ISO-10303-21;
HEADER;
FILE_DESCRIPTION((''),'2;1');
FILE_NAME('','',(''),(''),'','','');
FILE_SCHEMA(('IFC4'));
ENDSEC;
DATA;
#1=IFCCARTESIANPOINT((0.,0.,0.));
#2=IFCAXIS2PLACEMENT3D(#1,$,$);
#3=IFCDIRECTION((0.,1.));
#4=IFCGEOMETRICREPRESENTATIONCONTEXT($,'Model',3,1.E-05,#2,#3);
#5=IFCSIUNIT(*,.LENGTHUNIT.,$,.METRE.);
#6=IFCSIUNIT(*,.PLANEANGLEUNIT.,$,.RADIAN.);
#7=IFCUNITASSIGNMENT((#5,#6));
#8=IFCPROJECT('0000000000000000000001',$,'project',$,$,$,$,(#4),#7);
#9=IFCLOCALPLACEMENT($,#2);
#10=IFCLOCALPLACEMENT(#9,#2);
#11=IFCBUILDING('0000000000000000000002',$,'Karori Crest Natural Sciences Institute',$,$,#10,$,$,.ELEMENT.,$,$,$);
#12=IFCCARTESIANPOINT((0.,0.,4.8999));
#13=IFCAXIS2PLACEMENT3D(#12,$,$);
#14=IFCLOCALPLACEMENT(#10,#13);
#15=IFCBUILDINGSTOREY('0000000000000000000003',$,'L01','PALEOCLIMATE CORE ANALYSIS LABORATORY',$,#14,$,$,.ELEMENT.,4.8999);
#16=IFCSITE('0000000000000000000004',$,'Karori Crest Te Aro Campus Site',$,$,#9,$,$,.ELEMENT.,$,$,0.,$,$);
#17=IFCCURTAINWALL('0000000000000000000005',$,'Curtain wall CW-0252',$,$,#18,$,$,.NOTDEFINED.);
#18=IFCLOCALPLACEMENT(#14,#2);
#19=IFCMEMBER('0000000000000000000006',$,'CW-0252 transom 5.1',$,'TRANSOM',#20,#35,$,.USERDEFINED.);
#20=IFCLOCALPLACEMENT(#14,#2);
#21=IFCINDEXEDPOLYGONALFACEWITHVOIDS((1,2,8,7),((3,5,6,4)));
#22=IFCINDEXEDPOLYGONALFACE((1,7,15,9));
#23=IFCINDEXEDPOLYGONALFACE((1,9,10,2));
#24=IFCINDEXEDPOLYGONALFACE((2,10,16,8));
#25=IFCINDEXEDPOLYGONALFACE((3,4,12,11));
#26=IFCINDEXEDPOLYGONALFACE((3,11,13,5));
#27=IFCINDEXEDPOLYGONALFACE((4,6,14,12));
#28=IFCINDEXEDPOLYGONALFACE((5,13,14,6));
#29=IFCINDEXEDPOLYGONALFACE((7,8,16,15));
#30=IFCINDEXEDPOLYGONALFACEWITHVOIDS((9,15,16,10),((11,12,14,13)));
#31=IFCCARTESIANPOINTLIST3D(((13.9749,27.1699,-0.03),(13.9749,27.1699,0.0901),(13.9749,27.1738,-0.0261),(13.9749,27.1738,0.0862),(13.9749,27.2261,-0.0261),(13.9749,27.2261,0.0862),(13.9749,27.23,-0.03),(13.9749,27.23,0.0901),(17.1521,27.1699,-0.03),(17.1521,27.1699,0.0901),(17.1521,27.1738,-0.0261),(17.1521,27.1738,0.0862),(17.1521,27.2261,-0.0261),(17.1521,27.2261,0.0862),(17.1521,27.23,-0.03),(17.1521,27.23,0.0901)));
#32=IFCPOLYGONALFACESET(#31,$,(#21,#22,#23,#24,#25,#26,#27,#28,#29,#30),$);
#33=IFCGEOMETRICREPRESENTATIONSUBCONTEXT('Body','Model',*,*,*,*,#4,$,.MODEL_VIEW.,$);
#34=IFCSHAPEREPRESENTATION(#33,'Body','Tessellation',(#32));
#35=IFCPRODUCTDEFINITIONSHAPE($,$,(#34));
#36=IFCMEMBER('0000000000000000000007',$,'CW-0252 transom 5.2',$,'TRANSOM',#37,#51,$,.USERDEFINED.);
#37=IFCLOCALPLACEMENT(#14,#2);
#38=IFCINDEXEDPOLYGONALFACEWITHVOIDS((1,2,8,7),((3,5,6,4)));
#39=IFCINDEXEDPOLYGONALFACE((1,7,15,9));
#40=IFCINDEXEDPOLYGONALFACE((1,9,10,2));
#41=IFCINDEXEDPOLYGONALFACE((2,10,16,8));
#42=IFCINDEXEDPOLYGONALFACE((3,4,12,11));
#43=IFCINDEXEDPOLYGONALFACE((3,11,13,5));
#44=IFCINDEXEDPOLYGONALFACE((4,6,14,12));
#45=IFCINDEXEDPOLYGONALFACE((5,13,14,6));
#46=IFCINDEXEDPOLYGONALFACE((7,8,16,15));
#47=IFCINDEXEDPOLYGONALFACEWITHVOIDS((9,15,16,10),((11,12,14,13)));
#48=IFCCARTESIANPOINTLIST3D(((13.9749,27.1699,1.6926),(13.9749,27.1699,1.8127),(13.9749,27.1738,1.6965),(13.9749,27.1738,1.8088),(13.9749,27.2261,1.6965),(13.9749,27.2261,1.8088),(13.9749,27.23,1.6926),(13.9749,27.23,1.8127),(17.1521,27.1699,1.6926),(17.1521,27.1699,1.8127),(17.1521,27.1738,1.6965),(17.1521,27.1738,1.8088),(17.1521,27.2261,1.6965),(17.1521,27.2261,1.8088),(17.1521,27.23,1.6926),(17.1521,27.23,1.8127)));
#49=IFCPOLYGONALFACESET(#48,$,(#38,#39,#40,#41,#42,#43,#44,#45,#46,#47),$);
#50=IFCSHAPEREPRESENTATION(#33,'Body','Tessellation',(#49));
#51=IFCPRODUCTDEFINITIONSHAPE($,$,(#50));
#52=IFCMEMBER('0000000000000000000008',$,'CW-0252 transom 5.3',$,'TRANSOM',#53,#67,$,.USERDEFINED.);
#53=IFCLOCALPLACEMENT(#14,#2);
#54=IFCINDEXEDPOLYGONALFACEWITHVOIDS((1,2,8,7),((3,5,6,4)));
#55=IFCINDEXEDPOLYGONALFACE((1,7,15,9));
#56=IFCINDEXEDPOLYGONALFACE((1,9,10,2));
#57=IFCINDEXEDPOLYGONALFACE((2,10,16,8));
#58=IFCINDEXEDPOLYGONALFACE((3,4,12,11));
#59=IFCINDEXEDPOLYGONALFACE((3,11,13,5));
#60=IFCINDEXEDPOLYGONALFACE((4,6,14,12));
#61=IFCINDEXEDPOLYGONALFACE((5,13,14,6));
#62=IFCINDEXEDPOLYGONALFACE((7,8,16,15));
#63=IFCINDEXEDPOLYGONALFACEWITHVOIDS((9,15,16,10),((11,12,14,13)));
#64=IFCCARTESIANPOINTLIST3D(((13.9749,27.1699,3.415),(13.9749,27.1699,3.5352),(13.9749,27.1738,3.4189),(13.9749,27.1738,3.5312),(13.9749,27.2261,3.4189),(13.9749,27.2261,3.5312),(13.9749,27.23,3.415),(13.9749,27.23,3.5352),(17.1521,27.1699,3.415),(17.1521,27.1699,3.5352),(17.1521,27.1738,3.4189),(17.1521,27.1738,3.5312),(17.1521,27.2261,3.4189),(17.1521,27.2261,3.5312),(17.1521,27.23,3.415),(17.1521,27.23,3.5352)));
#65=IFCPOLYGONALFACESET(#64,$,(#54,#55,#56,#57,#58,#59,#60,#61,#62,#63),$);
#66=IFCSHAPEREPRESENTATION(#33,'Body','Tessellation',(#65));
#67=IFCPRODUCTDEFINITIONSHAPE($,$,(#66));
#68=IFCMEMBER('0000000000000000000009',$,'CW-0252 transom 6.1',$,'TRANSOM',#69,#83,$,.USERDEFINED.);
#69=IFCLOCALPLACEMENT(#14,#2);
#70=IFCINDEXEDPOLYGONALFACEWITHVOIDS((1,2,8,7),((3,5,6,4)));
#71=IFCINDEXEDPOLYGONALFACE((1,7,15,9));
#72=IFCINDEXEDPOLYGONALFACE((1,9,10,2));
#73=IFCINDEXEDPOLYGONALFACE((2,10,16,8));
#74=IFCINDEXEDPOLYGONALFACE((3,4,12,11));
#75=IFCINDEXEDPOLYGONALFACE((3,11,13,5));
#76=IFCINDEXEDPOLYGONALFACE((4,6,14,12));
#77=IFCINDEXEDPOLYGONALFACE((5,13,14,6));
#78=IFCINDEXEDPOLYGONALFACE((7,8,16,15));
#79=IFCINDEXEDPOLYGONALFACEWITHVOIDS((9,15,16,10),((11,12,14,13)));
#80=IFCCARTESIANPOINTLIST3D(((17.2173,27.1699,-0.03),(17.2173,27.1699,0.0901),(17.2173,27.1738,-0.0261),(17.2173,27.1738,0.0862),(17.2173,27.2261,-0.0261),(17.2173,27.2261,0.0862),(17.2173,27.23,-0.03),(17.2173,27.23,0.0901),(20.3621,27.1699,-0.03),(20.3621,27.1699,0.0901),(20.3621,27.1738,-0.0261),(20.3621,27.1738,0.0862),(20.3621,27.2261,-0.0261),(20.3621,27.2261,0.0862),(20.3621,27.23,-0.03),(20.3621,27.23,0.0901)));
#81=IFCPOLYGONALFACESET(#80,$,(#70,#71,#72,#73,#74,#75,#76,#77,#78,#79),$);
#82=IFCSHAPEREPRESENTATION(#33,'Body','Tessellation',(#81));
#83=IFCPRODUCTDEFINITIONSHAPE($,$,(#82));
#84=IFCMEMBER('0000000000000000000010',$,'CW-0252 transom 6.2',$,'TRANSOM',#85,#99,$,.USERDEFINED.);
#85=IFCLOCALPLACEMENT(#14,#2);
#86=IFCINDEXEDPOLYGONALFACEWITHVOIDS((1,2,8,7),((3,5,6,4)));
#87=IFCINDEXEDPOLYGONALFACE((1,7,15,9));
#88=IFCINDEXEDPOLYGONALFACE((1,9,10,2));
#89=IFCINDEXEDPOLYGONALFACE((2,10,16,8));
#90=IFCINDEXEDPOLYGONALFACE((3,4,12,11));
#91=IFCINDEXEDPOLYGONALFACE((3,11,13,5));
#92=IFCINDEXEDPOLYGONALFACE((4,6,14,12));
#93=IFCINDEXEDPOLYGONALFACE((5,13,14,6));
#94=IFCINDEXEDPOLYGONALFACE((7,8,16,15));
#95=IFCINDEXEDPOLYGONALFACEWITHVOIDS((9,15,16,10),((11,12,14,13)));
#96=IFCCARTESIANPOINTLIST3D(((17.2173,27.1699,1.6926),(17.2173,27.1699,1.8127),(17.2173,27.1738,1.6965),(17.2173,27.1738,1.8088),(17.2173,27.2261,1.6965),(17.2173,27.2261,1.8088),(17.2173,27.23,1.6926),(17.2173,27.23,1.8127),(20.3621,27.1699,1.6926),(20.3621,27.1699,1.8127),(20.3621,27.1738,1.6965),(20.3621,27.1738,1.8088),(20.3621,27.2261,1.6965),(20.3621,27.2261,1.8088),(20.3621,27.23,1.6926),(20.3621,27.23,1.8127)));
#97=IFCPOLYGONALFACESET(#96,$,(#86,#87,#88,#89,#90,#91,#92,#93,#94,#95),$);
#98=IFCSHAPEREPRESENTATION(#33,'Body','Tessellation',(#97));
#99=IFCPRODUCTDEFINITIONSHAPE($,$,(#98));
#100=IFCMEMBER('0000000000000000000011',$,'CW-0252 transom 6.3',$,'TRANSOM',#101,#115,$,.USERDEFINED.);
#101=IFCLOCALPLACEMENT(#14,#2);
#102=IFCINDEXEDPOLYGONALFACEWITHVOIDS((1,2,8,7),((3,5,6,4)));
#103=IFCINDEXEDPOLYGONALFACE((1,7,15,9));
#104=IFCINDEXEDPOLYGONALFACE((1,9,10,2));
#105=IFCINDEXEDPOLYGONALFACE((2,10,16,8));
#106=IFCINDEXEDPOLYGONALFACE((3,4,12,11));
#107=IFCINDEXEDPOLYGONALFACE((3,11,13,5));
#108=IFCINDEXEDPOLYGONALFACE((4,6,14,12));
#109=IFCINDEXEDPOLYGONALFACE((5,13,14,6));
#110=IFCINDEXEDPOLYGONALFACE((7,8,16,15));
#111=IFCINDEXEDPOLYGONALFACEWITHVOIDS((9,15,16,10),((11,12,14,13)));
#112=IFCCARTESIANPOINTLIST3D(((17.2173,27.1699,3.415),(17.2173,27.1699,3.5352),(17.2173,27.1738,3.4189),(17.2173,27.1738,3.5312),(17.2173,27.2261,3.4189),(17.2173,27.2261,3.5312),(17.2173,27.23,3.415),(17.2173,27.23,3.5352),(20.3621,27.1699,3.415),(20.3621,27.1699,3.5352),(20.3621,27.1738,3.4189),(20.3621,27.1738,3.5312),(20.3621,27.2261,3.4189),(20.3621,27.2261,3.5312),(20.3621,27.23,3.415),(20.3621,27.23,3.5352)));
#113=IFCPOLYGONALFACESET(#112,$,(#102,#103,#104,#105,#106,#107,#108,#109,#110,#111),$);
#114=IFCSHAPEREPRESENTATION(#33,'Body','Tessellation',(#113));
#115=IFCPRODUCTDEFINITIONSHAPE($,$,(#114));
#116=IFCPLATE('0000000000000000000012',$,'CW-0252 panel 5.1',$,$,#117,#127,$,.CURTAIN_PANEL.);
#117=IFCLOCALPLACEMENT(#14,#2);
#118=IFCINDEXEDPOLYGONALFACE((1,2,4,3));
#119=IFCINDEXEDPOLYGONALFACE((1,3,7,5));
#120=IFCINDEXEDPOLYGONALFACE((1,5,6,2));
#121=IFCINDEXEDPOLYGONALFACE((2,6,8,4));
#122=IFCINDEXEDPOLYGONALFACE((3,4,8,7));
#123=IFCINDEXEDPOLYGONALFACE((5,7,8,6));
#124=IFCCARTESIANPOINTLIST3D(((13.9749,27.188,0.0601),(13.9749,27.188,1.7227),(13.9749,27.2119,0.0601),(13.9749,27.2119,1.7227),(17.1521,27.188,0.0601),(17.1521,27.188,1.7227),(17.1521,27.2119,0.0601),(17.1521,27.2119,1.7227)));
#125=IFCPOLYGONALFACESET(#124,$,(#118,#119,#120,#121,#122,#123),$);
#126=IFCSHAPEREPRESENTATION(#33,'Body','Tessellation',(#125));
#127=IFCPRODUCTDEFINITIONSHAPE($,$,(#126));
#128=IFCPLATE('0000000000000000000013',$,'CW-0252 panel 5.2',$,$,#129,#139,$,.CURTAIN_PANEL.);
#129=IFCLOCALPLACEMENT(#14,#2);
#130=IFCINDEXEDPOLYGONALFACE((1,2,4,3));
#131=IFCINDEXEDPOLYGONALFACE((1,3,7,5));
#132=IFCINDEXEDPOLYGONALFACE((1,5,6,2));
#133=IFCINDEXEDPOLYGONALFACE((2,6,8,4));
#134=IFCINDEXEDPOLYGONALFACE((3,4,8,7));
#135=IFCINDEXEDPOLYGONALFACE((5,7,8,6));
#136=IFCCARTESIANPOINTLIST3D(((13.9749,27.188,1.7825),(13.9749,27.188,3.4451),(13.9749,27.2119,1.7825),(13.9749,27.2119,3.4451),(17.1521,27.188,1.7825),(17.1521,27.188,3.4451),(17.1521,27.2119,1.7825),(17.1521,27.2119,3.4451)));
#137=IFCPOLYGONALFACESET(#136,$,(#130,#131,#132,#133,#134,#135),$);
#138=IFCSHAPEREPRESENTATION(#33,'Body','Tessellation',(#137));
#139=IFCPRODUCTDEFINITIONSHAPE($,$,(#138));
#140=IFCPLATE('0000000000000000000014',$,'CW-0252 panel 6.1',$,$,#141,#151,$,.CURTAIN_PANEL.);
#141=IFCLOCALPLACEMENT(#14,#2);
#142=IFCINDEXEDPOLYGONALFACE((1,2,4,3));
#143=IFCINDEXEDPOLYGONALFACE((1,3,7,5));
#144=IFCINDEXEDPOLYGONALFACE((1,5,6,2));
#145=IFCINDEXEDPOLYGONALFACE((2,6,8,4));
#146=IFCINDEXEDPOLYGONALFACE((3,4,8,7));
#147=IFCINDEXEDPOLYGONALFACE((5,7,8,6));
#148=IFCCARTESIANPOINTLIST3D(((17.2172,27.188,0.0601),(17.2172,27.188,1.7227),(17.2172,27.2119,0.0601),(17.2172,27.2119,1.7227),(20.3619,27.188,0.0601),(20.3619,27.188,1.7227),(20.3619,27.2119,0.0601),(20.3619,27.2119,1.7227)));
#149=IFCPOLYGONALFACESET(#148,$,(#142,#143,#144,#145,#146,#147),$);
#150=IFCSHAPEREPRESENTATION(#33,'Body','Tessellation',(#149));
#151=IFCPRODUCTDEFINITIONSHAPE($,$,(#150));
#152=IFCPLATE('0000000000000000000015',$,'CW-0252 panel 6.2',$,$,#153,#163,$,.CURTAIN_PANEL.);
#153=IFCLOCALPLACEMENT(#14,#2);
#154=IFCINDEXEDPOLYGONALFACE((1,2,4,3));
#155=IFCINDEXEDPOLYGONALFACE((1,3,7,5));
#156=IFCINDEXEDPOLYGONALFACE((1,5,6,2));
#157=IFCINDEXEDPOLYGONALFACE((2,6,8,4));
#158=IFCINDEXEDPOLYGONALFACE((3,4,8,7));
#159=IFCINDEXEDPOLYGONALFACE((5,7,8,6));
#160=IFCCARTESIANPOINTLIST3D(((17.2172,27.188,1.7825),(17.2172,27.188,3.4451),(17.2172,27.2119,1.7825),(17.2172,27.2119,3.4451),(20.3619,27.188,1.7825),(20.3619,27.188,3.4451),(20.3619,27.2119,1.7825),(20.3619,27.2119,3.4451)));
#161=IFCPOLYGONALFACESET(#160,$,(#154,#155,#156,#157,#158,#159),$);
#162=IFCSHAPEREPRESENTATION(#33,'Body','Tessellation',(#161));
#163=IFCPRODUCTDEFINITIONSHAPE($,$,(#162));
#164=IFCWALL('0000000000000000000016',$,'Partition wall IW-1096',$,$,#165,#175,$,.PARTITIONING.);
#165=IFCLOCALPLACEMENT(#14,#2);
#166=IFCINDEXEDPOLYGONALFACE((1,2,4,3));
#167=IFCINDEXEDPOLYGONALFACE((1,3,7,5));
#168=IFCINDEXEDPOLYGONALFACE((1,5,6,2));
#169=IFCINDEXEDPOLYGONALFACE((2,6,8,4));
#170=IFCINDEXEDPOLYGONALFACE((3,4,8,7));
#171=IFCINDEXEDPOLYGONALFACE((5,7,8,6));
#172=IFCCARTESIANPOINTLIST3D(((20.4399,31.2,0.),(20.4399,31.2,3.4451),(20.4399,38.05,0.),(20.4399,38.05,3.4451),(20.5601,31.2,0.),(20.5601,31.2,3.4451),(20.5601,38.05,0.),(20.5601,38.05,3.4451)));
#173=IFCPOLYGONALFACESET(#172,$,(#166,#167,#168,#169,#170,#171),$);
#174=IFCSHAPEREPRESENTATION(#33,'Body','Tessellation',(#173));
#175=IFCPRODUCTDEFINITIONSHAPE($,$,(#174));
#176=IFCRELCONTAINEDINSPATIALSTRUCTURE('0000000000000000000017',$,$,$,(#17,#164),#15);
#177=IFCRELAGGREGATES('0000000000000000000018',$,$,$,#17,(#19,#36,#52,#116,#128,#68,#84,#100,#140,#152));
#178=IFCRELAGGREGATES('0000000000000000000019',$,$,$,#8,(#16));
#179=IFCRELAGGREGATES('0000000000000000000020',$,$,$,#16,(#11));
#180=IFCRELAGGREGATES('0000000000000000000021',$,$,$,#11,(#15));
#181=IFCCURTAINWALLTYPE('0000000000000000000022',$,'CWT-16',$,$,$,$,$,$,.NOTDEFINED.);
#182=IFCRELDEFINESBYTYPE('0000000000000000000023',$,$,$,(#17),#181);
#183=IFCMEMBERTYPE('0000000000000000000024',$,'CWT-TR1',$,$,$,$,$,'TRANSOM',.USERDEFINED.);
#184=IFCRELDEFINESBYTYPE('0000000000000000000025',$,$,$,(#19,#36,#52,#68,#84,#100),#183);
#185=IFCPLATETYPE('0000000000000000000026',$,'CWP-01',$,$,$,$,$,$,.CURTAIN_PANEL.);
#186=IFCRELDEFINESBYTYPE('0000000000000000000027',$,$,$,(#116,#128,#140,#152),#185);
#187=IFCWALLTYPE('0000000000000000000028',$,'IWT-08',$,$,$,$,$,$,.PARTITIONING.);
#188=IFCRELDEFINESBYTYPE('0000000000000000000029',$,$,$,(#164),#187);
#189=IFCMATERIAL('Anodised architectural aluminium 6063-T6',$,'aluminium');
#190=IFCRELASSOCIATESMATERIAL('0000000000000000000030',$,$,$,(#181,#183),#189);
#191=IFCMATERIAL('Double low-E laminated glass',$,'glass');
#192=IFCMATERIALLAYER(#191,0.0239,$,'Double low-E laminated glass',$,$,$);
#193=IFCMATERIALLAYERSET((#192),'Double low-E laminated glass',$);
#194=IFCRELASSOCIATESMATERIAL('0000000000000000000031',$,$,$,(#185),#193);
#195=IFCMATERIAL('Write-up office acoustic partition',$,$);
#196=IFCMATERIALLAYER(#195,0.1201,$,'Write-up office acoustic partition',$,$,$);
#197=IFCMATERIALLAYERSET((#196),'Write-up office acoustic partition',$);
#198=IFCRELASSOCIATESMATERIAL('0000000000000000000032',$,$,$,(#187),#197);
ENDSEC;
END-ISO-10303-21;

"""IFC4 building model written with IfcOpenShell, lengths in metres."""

from ifc_helpers import new_model, si_unit, direction, frame, frame_2d, origin, origin_2d, place, context, subcontext, project, spatial, rectangle, hollow_rectangle, extrude, material, layer, layer_set, material_profile, profile_set, type_object, element, aggregate, save


model = new_model("IFC4")

# Units and contexts
model_context = context("Model", 3, precision=1e-05, world=origin(), true_north=direction((0.0, 1.0)))
body_context = subcontext(model_context, "Body", "Model", "MODEL_VIEW")
ifc_project = project(units=[si_unit("LENGTHUNIT", "METRE"), si_unit("PLANEANGLEUNIT", "RADIAN")], contexts=[model_context])

# Site, building, storey
site_placement = place(None, origin())
site = spatial("IfcSite", under=ifc_project, at=site_placement, Name="Karori Crest Te Aro Campus Site", CompositionType="ELEMENT", RefElevation=0.0)
building_placement = place(site_placement, origin())
building = spatial("IfcBuilding", under=site, at=building_placement, Name="Karori Crest Natural Sciences Institute", CompositionType="ELEMENT")
storey_placement = place(building_placement, frame((0.0, 0.0, 4.8999)))
storey = spatial("IfcBuildingStorey", under=building, at=storey_placement, Name="L01", Description="PALEOCLIMATE CORE ANALYSIS LABORATORY", CompositionType="ELEMENT", Elevation=4.8999)

# Curtain wall, members, plates
ifc_material_1 = material(Name="Anodised architectural aluminium 6063-T6", Category="aluminium")
curtain_wall_type = type_object("IfcCurtainWallType", Name="CWT-16", PredefinedType="NOTDEFINED", material=ifc_material_1)
curtain_wall_placement = place(storey_placement, origin())
curtain_wall = element("IfcCurtainWall", 1, at=curtain_wall_placement, inside=storey, type_object=curtain_wall_type, Name="Curtain wall CW-0252", PredefinedType="NOTDEFINED")
ifc_material_profile_1 = material_profile(ifc_material_1, hollow_rectangle(XDim=0.0601, YDim=0.1201, WallThickness=0.0039, at=origin_2d()), Name="CWT120x60x4")
ifc_profile_set_1 = profile_set([ifc_material_profile_1], Name="Anodised architectural aluminium 6063-T6")
member_type_1 = type_object("IfcMemberType", Name="CWT-TR1", ElementType="TRANSOM", PredefinedType="USERDEFINED", material=ifc_profile_set_1)
member_1_placement = place(storey_placement, frame((13.9749, 27.2, 0.03), z_axis=(1.0, 0.0, 0.0), x_axis=(0.0, 1.0, 0.0)))
member_1 = element("IfcMember", 2, at=member_1_placement, type_object=member_type_1, Name="CW-0252 transom 5.1", ObjectType="TRANSOM", PredefinedType="USERDEFINED", context=body_context, shape_type="SweptSolid", body=[
    extrude(hollow_rectangle(XDim=0.0601, YDim=0.1201, WallThickness=0.0039, at=origin_2d()), origin(), (0.0, 0.0, 1.0), 3.1772),
])
member_2_placement = place(storey_placement, frame((13.9749, 27.2, 1.7527), z_axis=(1.0, 0.0, 0.0), x_axis=(0.0, 1.0, 0.0)))
member_2 = element("IfcMember", 3, at=member_2_placement, type_object=member_type_1, Name="CW-0252 transom 5.2", ObjectType="TRANSOM", PredefinedType="USERDEFINED", context=body_context, shape_type="SweptSolid", body=[
    extrude(hollow_rectangle(XDim=0.0601, YDim=0.1201, WallThickness=0.0039, at=origin_2d()), origin(), (0.0, 0.0, 1.0), 3.1772),
])
member_3_placement = place(storey_placement, frame((13.9749, 27.2, 3.4751), z_axis=(1.0, 0.0, 0.0), x_axis=(0.0, 1.0, 0.0)))
member_3 = element("IfcMember", 4, at=member_3_placement, type_object=member_type_1, Name="CW-0252 transom 5.3", ObjectType="TRANSOM", PredefinedType="USERDEFINED", context=body_context, shape_type="SweptSolid", body=[
    extrude(hollow_rectangle(XDim=0.0601, YDim=0.1201, WallThickness=0.0039, at=origin_2d()), origin(), (0.0, 0.0, 1.0), 3.1772),
])
member_4_placement = place(storey_placement, frame((17.2173, 27.2, 0.03), z_axis=(1.0, 0.0, 0.0), x_axis=(0.0, 1.0, 0.0)))
member_4 = element("IfcMember", 5, at=member_4_placement, type_object=member_type_1, Name="CW-0252 transom 6.1", ObjectType="TRANSOM", PredefinedType="USERDEFINED", context=body_context, shape_type="SweptSolid", body=[
    extrude(hollow_rectangle(XDim=0.0601, YDim=0.1201, WallThickness=0.0039, at=origin_2d()), origin(), (0.0, 0.0, 1.0), 3.1448),
])
member_5_placement = place(storey_placement, frame((17.2173, 27.2, 1.7527), z_axis=(1.0, 0.0, 0.0), x_axis=(0.0, 1.0, 0.0)))
member_5 = element("IfcMember", 6, at=member_5_placement, type_object=member_type_1, Name="CW-0252 transom 6.2", ObjectType="TRANSOM", PredefinedType="USERDEFINED", context=body_context, shape_type="SweptSolid", body=[
    extrude(hollow_rectangle(XDim=0.0601, YDim=0.1201, WallThickness=0.0039, at=origin_2d()), origin(), (0.0, 0.0, 1.0), 3.1448),
])
member_6_placement = place(storey_placement, frame((17.2173, 27.2, 3.4751), z_axis=(1.0, 0.0, 0.0), x_axis=(0.0, 1.0, 0.0)))
member_6 = element("IfcMember", 7, at=member_6_placement, type_object=member_type_1, Name="CW-0252 transom 6.3", ObjectType="TRANSOM", PredefinedType="USERDEFINED", context=body_context, shape_type="SweptSolid", body=[
    extrude(hollow_rectangle(XDim=0.0601, YDim=0.1201, WallThickness=0.0039, at=origin_2d()), origin(), (0.0, 0.0, 1.0), 3.1448),
])
ifc_material_2 = material(Name="Double low-E laminated glass", Category="glass")
ifc_layer_1 = layer(ifc_material_2, 0.0239, Name="Double low-E laminated glass")
ifc_layer_set_1 = layer_set([ifc_layer_1], Name="Double low-E laminated glass")
plate_type = type_object("IfcPlateType", Name="CWP-01", PredefinedType="CURTAIN_PANEL", material=ifc_layer_set_1)
plate_1_placement = place(storey_placement, frame((15.5635, 27.2, 0.0601), z_axis=(0.0, 0.0, 1.0), x_axis=(1.0, 0.0, 0.0)))
plate_1 = element("IfcPlate", 8, at=plate_1_placement, type_object=plate_type, Name="CW-0252 panel 5.1", PredefinedType="CURTAIN_PANEL", context=body_context, shape_type="SweptSolid", body=[
    extrude(rectangle(XDim=3.1772, YDim=0.0239, at=origin_2d()), origin(), (0.0, 0.0, 1.0), 1.6626),
])
plate_2_placement = place(storey_placement, frame((15.5635, 27.2, 1.7825), z_axis=(0.0, 0.0, 1.0), x_axis=(1.0, 0.0, 0.0)))
plate_2 = element("IfcPlate", 9, at=plate_2_placement, type_object=plate_type, Name="CW-0252 panel 5.2", PredefinedType="CURTAIN_PANEL", context=body_context, shape_type="SweptSolid", body=[
    extrude(rectangle(XDim=3.1772, YDim=0.0239, at=origin_2d()), origin(), (0.0, 0.0, 1.0), 1.6626),
])
plate_3_placement = place(storey_placement, frame((18.7896, 27.2, 0.0601), z_axis=(0.0, 0.0, 1.0), x_axis=(1.0, 0.0, 0.0)))
plate_3 = element("IfcPlate", 10, at=plate_3_placement, type_object=plate_type, Name="CW-0252 panel 6.1", PredefinedType="CURTAIN_PANEL", context=body_context, shape_type="SweptSolid", body=[
    extrude(rectangle(XDim=3.1448, YDim=0.0239, at=origin_2d()), origin(), (0.0, 0.0, 1.0), 1.6626),
])
plate_4_placement = place(storey_placement, frame((18.7896, 27.2, 1.7825), z_axis=(0.0, 0.0, 1.0), x_axis=(1.0, 0.0, 0.0)))
plate_4 = element("IfcPlate", 11, at=plate_4_placement, type_object=plate_type, Name="CW-0252 panel 6.2", PredefinedType="CURTAIN_PANEL", context=body_context, shape_type="SweptSolid", body=[
    extrude(rectangle(XDim=3.1448, YDim=0.0239, at=origin_2d()), origin(), (0.0, 0.0, 1.0), 1.6626),
])
aggregate(curtain_wall, [member_1, member_2, member_3, plate_1, plate_2, member_4, member_5, member_6, plate_3, plate_4])

# Wall
ifc_material_3 = material(Name="Write-up office acoustic partition")
ifc_layer_2 = layer(ifc_material_3, 0.1201, Name="Write-up office acoustic partition")
ifc_layer_set_2 = layer_set([ifc_layer_2], Name="Write-up office acoustic partition")
wall_type_1 = type_object("IfcWallType", Name="IWT-08", PredefinedType="PARTITIONING", material=ifc_layer_set_2)
wall_1_placement = place(storey_placement, frame((20.5, 31.2, 0.0), z_axis=(0.0, 0.0, 1.0), x_axis=(0.0, 1.0, 0.0)))
element("IfcWall", 12, at=wall_1_placement, inside=storey, type_object=wall_type_1, Name="Partition wall IW-1096", PredefinedType="PARTITIONING", context=body_context, shape_type="SweptSolid", body=[
    extrude(rectangle(XDim=6.8501, YDim=0.1201, at=frame_2d((3.425, 0.0))), origin(), (0.0, 0.0, 1.0), 3.4451),
])

save(model, "model.ifc")
